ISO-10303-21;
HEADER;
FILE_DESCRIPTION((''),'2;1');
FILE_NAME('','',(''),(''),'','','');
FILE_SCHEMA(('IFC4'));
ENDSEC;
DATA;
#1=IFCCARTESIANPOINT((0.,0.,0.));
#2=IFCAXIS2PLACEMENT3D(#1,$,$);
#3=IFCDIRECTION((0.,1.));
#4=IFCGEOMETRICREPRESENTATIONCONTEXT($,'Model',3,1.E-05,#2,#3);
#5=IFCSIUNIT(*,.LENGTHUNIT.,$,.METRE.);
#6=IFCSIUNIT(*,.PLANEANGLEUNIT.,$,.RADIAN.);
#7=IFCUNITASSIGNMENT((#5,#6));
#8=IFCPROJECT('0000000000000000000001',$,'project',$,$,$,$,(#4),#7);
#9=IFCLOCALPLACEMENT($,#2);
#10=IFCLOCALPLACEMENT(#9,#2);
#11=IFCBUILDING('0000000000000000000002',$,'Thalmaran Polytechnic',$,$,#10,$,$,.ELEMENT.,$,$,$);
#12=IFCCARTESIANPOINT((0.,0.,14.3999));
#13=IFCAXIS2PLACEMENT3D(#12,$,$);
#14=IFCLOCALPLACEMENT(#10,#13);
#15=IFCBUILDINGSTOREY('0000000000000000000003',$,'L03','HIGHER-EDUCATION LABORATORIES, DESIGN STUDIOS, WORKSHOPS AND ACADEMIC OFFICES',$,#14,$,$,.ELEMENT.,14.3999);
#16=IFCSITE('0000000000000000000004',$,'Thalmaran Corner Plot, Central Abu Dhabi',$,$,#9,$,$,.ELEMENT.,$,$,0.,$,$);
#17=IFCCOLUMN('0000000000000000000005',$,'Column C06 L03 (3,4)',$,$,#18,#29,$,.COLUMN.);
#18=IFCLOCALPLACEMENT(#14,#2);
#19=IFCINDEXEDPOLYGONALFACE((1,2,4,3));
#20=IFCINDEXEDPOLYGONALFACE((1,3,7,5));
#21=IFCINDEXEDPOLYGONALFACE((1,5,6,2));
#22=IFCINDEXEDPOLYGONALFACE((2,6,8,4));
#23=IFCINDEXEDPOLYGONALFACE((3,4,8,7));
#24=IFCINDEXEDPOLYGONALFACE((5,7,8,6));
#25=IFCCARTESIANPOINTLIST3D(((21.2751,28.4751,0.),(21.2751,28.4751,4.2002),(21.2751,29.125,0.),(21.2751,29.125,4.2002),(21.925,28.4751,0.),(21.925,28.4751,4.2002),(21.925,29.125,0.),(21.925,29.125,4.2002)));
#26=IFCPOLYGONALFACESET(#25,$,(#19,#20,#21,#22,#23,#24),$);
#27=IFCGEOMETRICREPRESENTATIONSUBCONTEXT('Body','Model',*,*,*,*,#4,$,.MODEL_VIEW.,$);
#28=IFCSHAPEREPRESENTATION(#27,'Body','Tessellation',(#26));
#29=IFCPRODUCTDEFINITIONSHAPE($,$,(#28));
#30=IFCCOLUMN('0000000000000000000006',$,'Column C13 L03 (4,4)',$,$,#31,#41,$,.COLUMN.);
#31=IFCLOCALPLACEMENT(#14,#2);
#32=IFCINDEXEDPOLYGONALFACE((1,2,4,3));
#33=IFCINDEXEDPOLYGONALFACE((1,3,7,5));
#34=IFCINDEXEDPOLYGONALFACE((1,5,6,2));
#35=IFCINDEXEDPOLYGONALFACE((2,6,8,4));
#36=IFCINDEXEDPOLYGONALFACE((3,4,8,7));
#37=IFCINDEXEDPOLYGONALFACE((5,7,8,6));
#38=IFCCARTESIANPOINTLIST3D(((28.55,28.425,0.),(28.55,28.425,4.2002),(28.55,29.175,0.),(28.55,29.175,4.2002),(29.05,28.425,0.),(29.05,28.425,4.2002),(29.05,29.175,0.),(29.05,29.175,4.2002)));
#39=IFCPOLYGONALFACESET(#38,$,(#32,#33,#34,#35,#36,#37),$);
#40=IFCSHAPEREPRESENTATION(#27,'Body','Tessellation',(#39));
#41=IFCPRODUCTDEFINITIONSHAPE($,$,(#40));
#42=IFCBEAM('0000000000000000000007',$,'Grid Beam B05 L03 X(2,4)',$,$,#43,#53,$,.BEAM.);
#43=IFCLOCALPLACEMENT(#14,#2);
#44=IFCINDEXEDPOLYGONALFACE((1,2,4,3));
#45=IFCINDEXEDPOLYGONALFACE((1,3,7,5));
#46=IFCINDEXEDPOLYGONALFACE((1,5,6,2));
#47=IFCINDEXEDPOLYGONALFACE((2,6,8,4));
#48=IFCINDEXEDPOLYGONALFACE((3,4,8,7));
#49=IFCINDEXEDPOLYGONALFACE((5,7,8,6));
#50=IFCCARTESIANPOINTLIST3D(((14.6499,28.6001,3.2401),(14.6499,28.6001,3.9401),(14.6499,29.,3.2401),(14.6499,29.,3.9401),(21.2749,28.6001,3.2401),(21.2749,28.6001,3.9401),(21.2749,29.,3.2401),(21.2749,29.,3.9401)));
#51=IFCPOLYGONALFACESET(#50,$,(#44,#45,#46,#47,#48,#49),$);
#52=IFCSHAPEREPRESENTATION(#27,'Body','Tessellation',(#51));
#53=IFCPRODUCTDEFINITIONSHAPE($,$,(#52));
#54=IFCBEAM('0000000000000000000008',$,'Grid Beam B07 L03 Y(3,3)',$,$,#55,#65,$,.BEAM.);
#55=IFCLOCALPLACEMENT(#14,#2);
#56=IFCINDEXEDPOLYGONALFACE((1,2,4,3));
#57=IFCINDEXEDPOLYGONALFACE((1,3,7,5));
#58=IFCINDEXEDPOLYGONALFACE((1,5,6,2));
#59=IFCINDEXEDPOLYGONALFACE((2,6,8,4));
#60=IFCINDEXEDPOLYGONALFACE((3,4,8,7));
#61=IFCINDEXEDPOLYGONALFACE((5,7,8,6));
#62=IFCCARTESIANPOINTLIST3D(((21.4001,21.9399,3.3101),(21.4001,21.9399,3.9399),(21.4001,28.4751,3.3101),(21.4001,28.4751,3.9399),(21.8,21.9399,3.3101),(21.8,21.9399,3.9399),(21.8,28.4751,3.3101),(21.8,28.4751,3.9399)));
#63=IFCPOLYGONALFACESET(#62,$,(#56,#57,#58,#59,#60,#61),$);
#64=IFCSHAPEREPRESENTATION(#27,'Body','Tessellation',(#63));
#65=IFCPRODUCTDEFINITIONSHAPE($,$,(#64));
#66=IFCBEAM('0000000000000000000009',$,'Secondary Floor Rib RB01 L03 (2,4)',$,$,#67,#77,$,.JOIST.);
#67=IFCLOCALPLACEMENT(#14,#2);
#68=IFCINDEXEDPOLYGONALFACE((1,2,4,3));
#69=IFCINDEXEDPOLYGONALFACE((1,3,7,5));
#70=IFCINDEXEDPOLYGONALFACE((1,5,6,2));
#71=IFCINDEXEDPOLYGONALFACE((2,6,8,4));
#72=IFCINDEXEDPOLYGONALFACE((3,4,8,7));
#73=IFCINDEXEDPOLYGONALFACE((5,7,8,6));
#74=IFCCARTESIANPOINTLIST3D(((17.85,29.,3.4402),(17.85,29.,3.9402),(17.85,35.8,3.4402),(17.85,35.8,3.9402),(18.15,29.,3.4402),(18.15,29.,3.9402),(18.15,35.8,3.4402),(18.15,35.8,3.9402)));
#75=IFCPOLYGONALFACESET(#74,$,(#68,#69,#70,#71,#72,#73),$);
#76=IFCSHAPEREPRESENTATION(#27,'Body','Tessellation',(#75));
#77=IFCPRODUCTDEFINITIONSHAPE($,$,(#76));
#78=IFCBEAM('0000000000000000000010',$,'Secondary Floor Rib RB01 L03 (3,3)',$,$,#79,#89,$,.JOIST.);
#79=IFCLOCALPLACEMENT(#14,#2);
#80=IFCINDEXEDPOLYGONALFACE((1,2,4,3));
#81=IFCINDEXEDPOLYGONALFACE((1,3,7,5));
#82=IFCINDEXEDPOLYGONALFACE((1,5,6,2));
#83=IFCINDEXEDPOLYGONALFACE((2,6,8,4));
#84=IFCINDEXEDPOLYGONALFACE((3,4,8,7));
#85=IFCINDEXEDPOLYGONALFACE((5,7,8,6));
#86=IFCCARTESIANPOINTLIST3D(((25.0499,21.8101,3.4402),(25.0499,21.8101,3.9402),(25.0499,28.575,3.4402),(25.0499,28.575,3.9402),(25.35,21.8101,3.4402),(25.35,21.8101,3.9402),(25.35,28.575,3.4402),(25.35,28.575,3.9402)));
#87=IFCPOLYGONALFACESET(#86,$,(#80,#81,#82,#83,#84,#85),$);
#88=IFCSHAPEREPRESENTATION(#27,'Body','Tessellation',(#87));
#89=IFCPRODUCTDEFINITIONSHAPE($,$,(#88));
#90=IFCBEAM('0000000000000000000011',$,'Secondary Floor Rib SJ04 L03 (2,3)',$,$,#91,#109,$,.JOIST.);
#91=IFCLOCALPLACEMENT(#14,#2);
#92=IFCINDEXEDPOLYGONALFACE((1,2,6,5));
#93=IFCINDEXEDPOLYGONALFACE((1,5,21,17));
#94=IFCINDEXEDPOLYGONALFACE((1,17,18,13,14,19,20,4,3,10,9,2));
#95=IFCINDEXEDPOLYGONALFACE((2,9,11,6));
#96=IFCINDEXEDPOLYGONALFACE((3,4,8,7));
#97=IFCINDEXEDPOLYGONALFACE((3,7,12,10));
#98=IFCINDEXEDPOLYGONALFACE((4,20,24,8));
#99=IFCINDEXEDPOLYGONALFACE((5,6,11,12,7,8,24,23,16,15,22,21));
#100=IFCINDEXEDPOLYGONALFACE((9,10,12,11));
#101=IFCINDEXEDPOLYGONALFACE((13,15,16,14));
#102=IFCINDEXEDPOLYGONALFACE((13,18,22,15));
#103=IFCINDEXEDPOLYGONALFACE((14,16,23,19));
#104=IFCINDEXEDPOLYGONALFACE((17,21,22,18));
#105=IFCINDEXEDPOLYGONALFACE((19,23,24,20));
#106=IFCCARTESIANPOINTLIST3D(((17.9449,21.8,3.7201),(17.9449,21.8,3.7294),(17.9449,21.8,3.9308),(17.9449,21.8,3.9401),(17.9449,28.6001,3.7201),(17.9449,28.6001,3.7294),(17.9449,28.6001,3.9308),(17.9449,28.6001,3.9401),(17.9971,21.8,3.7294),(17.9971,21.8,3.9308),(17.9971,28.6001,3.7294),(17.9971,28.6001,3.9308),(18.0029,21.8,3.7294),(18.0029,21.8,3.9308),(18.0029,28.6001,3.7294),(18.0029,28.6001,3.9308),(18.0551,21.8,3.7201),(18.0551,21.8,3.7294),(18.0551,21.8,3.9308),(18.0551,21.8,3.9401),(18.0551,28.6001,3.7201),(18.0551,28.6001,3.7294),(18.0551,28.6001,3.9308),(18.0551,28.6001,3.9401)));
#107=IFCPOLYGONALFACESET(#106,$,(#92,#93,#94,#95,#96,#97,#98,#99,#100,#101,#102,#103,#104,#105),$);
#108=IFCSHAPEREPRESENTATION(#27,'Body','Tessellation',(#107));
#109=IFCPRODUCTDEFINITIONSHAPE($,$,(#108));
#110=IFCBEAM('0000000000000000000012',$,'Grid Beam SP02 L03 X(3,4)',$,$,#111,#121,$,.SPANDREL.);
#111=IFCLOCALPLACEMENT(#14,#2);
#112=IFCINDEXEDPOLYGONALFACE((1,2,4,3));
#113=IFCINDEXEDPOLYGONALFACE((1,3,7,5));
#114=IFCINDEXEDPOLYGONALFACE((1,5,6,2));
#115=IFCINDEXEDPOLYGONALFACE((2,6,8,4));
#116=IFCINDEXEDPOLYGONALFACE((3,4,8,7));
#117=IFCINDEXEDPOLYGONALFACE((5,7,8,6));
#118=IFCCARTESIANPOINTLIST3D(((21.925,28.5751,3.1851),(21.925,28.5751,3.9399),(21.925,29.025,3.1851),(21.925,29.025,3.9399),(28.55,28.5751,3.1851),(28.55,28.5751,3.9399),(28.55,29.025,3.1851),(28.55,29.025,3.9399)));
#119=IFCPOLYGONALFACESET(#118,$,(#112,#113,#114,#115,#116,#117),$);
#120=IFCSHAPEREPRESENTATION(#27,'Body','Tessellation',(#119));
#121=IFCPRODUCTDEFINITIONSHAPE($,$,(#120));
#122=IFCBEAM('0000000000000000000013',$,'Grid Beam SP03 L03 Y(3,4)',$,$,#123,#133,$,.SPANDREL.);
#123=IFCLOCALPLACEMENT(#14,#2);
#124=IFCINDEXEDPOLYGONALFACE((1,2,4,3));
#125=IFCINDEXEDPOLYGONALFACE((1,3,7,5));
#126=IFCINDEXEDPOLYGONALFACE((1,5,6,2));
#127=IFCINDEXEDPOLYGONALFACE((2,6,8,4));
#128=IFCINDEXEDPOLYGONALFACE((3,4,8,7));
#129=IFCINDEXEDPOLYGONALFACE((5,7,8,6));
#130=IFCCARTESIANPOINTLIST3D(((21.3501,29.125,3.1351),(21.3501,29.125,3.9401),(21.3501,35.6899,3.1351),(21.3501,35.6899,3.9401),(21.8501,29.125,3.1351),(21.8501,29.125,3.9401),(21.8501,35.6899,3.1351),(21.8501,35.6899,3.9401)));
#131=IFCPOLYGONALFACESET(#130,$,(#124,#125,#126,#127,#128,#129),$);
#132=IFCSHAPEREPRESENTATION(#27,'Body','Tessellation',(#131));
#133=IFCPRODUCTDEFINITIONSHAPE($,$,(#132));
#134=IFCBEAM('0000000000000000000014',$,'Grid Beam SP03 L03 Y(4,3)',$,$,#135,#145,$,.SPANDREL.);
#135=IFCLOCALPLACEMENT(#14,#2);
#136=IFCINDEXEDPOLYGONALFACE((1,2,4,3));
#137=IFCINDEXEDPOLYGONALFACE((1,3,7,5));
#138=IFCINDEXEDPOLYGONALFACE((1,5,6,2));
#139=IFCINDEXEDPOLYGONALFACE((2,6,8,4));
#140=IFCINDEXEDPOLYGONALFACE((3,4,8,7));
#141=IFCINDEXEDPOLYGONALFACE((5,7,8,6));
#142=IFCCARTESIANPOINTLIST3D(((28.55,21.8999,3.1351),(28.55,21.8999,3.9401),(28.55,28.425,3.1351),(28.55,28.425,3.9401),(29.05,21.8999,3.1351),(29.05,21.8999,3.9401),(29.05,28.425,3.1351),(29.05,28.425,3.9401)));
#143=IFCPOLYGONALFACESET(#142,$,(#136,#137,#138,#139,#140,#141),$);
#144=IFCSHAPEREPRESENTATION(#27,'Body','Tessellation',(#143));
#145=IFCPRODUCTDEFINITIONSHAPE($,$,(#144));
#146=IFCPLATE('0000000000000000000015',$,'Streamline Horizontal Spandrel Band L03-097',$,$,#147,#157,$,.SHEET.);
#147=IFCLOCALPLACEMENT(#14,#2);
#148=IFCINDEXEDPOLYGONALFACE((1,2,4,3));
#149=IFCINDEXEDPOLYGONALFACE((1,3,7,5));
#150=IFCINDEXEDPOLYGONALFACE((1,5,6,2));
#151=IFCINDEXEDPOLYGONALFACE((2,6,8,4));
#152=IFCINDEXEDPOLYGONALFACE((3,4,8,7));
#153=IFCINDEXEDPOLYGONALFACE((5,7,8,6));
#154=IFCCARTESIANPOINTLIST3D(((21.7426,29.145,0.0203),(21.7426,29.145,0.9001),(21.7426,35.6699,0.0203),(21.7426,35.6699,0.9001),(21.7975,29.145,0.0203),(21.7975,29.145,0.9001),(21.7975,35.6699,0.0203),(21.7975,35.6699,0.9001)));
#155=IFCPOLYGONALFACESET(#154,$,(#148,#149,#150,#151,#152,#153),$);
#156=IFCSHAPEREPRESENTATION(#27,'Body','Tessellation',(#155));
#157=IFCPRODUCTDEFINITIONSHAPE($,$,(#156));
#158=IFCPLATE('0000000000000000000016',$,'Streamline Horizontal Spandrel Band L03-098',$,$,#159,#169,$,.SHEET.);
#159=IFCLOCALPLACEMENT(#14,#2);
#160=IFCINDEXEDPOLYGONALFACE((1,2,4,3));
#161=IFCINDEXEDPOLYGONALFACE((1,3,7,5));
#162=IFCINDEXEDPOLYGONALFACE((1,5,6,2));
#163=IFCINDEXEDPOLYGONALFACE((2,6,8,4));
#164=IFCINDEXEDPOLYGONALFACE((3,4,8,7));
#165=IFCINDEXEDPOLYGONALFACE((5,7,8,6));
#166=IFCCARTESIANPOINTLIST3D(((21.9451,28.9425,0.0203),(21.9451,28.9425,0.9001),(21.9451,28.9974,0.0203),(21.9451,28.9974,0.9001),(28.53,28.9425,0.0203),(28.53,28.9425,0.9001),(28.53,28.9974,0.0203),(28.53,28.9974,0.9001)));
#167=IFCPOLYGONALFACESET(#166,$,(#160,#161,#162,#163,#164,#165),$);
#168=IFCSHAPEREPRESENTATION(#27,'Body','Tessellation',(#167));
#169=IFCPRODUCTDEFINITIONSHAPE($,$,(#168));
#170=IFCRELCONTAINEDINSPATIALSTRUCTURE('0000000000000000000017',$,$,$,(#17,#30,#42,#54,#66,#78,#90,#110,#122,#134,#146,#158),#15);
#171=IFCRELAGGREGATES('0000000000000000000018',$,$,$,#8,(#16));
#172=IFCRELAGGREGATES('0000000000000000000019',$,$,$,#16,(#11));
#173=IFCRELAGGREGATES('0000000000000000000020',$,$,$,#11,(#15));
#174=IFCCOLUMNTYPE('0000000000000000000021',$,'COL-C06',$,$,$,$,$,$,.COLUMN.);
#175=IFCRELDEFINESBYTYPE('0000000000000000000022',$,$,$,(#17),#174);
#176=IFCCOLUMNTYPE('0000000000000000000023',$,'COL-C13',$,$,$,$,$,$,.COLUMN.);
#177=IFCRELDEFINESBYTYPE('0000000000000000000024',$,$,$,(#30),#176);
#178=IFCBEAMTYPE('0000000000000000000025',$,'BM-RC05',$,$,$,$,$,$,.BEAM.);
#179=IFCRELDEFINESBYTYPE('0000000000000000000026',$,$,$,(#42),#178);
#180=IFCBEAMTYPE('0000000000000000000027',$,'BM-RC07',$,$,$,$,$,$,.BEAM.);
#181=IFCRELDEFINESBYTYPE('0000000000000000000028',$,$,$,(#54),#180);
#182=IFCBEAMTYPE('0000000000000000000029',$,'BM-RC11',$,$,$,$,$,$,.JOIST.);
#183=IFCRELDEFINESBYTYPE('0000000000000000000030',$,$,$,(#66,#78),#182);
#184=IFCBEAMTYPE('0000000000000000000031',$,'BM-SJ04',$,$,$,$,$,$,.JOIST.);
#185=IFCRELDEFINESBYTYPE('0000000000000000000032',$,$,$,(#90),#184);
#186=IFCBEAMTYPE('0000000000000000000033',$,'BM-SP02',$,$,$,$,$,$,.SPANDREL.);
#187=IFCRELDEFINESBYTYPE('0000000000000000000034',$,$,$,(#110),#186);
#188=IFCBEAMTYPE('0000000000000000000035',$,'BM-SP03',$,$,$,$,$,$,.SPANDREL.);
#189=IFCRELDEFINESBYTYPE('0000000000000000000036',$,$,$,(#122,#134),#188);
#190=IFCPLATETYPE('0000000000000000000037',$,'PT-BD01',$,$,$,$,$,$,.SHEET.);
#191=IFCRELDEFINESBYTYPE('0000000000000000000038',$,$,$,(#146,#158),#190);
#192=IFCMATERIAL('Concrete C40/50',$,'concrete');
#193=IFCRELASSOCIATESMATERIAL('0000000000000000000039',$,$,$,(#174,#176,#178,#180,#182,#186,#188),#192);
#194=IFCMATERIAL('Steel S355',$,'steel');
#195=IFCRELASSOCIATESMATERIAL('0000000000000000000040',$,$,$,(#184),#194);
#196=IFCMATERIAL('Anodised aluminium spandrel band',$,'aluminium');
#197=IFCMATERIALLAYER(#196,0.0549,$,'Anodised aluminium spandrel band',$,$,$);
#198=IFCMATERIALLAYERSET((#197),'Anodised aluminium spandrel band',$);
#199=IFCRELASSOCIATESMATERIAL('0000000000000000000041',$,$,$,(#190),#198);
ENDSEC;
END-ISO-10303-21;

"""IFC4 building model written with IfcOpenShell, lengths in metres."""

from ifc_helpers import new_model, si_unit, direction, frame, origin, origin_2d, place, context, subcontext, project, spatial, rectangle, i_section, extrude, material, layer, layer_set, material_profile, profile_set, type_object, element, save


model = new_model("IFC4")

# Units and contexts
model_context = context("Model", 3, precision=1e-05, world=origin(), true_north=direction((0.0, 1.0)))
body_context = subcontext(model_context, "Body", "Model", "MODEL_VIEW")
ifc_project = project(units=[si_unit("LENGTHUNIT", "METRE"), si_unit("PLANEANGLEUNIT", "RADIAN")], contexts=[model_context])

# Site, building, storey
site_placement = place(None, origin())
site = spatial("IfcSite", under=ifc_project, at=site_placement, Name="Thalmaran Corner Plot, Central Abu Dhabi", CompositionType="ELEMENT", RefElevation=0.0)
building_placement = place(site_placement, origin())
building = spatial("IfcBuilding", under=site, at=building_placement, Name="Thalmaran Polytechnic", CompositionType="ELEMENT")
storey_placement = place(building_placement, frame((0.0, 0.0, 14.3999)))
storey = spatial("IfcBuildingStorey", under=building, at=storey_placement, Name="L03", Description="HIGHER-EDUCATION LABORATORIES, DESIGN STUDIOS, WORKSHOPS AND ACADEMIC OFFICES", CompositionType="ELEMENT", Elevation=14.3999)

# Columns
ifc_material_1 = material(Name="Concrete C40/50", Category="concrete")
ifc_material_profile_1 = material_profile(ifc_material_1, rectangle(XDim=0.6499, YDim=0.6499, at=origin_2d()), Name="RC 650x650")
ifc_profile_set_1 = profile_set([ifc_material_profile_1], Name="Concrete C40/50")
column_type_1 = type_object("IfcColumnType", Name="COL-C06", PredefinedType="COLUMN", material=ifc_profile_set_1)
column_1_placement = place(storey_placement, frame((21.6001, 28.8, 0.0), z_axis=(0.0, 0.0, 1.0), x_axis=(1.0, 0.0, 0.0)))
element("IfcColumn", 1, at=column_1_placement, inside=storey, type_object=column_type_1, Name="Column C06 L03 (3,4)", PredefinedType="COLUMN", context=body_context, shape_type="SweptSolid", body=[
    extrude(rectangle(XDim=0.6499, YDim=0.6499, at=origin_2d()), origin(), (0.0, 0.0, 1.0), 4.2002),
])
ifc_material_profile_2 = material_profile(ifc_material_1, rectangle(XDim=0.5, YDim=0.75, at=origin_2d()), Name="RC 500x750")
ifc_profile_set_2 = profile_set([ifc_material_profile_2], Name="Concrete C40/50")
column_type_2 = type_object("IfcColumnType", Name="COL-C13", PredefinedType="COLUMN", material=ifc_profile_set_2)
column_2_placement = place(storey_placement, frame((28.8, 28.8, 0.0), z_axis=(0.0, 0.0, 1.0), x_axis=(1.0, 0.0, 0.0)))
element("IfcColumn", 2, at=column_2_placement, inside=storey, type_object=column_type_2, Name="Column C13 L03 (4,4)", PredefinedType="COLUMN", context=body_context, shape_type="SweptSolid", body=[
    extrude(rectangle(XDim=0.5, YDim=0.75, at=origin_2d()), origin(), (0.0, 0.0, 1.0), 4.2002),
])

# Beams
ifc_material_profile_3 = material_profile(ifc_material_1, rectangle(XDim=0.3999, YDim=0.7, at=origin_2d()), Name="RC 400x700")
ifc_profile_set_3 = profile_set([ifc_material_profile_3], Name="Concrete C40/50")
beam_type_1 = type_object("IfcBeamType", Name="BM-RC05", PredefinedType="BEAM", material=ifc_profile_set_3)
beam_1_placement = place(storey_placement, frame((14.6499, 28.8, 3.5901), z_axis=(1.0, 0.0, 0.0), x_axis=(0.0, 1.0, 0.0)))
element("IfcBeam", 3, at=beam_1_placement, inside=storey, type_object=beam_type_1, Name="Grid Beam B05 L03 X(2,4)", PredefinedType="BEAM", context=body_context, shape_type="SweptSolid", body=[
    extrude(rectangle(XDim=0.3999, YDim=0.7, at=origin_2d()), origin(), (0.0, 0.0, 1.0), 6.625),
])
ifc_material_profile_4 = material_profile(ifc_material_1, rectangle(XDim=0.3999, YDim=0.6299, at=origin_2d()), Name="RC 400x630")
ifc_profile_set_4 = profile_set([ifc_material_profile_4], Name="Concrete C40/50")
beam_type_2 = type_object("IfcBeamType", Name="BM-RC07", PredefinedType="BEAM", material=ifc_profile_set_4)
beam_2_placement = place(storey_placement, frame((21.6001, 21.9399, 3.625), z_axis=(0.0, 1.0, 0.0), x_axis=(-1.0, 0.0, 0.0)))
element("IfcBeam", 4, at=beam_2_placement, inside=storey, type_object=beam_type_2, Name="Grid Beam B07 L03 Y(3,3)", PredefinedType="BEAM", context=body_context, shape_type="SweptSolid", body=[
    extrude(rectangle(XDim=0.3999, YDim=0.6299, at=origin_2d()), origin(), (0.0, 0.0, 1.0), 6.5352),
])
ifc_material_profile_5 = material_profile(ifc_material_1, rectangle(XDim=0.3, YDim=0.5, at=origin_2d()), Name="RC 300x500")
ifc_profile_set_5 = profile_set([ifc_material_profile_5], Name="Concrete C40/50")
beam_type_3 = type_object("IfcBeamType", Name="BM-RC11", PredefinedType="JOIST", material=ifc_profile_set_5)
beam_3_placement = place(storey_placement, frame((18.0, 29.0, 3.6902), z_axis=(0.0, 1.0, 0.0), x_axis=(-1.0, 0.0, 0.0)))
element("IfcBeam", 5, at=beam_3_placement, inside=storey, type_object=beam_type_3, Name="Secondary Floor Rib RB01 L03 (2,4)", PredefinedType="JOIST", context=body_context, shape_type="SweptSolid", body=[
    extrude(rectangle(XDim=0.3, YDim=0.5, at=origin_2d()), origin(), (0.0, 0.0, 1.0), 6.8),
])
beam_4_placement = place(storey_placement, frame((25.2, 21.8101, 3.6902), z_axis=(0.0, 1.0, 0.0), x_axis=(-1.0, 0.0, 0.0)))
element("IfcBeam", 6, at=beam_4_placement, inside=storey, type_object=beam_type_3, Name="Secondary Floor Rib RB01 L03 (3,3)", PredefinedType="JOIST", context=body_context, shape_type="SweptSolid", body=[
    extrude(rectangle(XDim=0.3, YDim=0.5, at=origin_2d()), origin(), (0.0, 0.0, 1.0), 6.7649),
])
ifc_material_2 = material(Name="Steel S355", Category="steel")
ifc_material_profile_6 = material_profile(ifc_material_2, i_section(OverallWidth=0.1101, OverallDepth=0.22, WebThickness=0.0059, FlangeThickness=0.0093, at=origin_2d()), Name="IPE 220")
ifc_profile_set_6 = profile_set([ifc_material_profile_6], Name="Steel S355")
beam_type_4 = type_object("IfcBeamType", Name="BM-SJ04", PredefinedType="JOIST", material=ifc_profile_set_6)
beam_5_placement = place(storey_placement, frame((18.0, 21.8, 3.8301), z_axis=(0.0, 1.0, 0.0), x_axis=(-1.0, 0.0, 0.0)))
element("IfcBeam", 7, at=beam_5_placement, inside=storey, type_object=beam_type_4, Name="Secondary Floor Rib SJ04 L03 (2,3)", PredefinedType="JOIST", context=body_context, shape_type="SweptSolid", body=[
    extrude(i_section(OverallWidth=0.1101, OverallDepth=0.22, WebThickness=0.0059, FlangeThickness=0.0093, at=origin_2d()), origin(), (0.0, 0.0, 1.0), 6.8),
])
ifc_material_profile_7 = material_profile(ifc_material_1, rectangle(XDim=0.45, YDim=0.7549, at=origin_2d()), Name="RC 450x755")
ifc_profile_set_7 = profile_set([ifc_material_profile_7], Name="Concrete C40/50")
beam_type_5 = type_object("IfcBeamType", Name="BM-SP02", PredefinedType="SPANDREL", material=ifc_profile_set_7)
beam_6_placement = place(storey_placement, frame((21.925, 28.8, 3.5625), z_axis=(1.0, 0.0, 0.0), x_axis=(0.0, 1.0, 0.0)))
element("IfcBeam", 8, at=beam_6_placement, inside=storey, type_object=beam_type_5, Name="Grid Beam SP02 L03 X(3,4)", PredefinedType="SPANDREL", context=body_context, shape_type="SweptSolid", body=[
    extrude(rectangle(XDim=0.45, YDim=0.7549, at=origin_2d()), origin(), (0.0, 0.0, 1.0), 6.625),
])
ifc_material_profile_8 = material_profile(ifc_material_1, rectangle(XDim=0.5, YDim=0.8049, at=origin_2d()), Name="RC 500x805")
ifc_profile_set_8 = profile_set([ifc_material_profile_8], Name="Concrete C40/50")
beam_type_6 = type_object("IfcBeamType", Name="BM-SP03", PredefinedType="SPANDREL", material=ifc_profile_set_8)
beam_7_placement = place(storey_placement, frame((21.6001, 29.125, 3.5376), z_axis=(0.0, 1.0, 0.0), x_axis=(-1.0, 0.0, 0.0)))
element("IfcBeam", 9, at=beam_7_placement, inside=storey, type_object=beam_type_6, Name="Grid Beam SP03 L03 Y(3,4)", PredefinedType="SPANDREL", context=body_context, shape_type="SweptSolid", body=[
    extrude(rectangle(XDim=0.5, YDim=0.8049, at=origin_2d()), origin(), (0.0, 0.0, 1.0), 6.5649),
])
beam_8_placement = place(storey_placement, frame((28.8, 21.8999, 3.5376), z_axis=(0.0, 1.0, 0.0), x_axis=(-1.0, 0.0, 0.0)))
element("IfcBeam", 10, at=beam_8_placement, inside=storey, type_object=beam_type_6, Name="Grid Beam SP03 L03 Y(4,3)", PredefinedType="SPANDREL", context=body_context, shape_type="SweptSolid", body=[
    extrude(rectangle(XDim=0.5, YDim=0.8049, at=origin_2d()), origin(), (0.0, 0.0, 1.0), 6.5251),
])

# Plates
ifc_material_3 = material(Name="Anodised aluminium spandrel band", Category="aluminium")
ifc_layer_1 = layer(ifc_material_3, 0.0549, Name="Anodised aluminium spandrel band")
ifc_layer_set_1 = layer_set([ifc_layer_1], Name="Anodised aluminium spandrel band")
plate_type_1 = type_object("IfcPlateType", Name="PT-BD01", PredefinedType="SHEET", material=ifc_layer_set_1)
plate_1_placement = place(storey_placement, frame((21.77, 32.4075, 0.0203), z_axis=(0.0, 0.0, 1.0), x_axis=(0.0, -1.0, 0.0)))
element("IfcPlate", 11, at=plate_1_placement, inside=storey, type_object=plate_type_1, Name="Streamline Horizontal Spandrel Band L03-097", PredefinedType="SHEET", context=body_context, shape_type="SweptSolid", body=[
    extrude(rectangle(XDim=6.5249, YDim=0.0549, at=origin_2d()), origin(), (0.0, 0.0, 1.0), 0.8799),
])
plate_2_placement = place(storey_placement, frame((25.2375, 28.97, 0.0203), z_axis=(0.0, 0.0, 1.0), x_axis=(1.0, 0.0, 0.0)))
element("IfcPlate", 12, at=plate_2_placement, inside=storey, type_object=plate_type_1, Name="Streamline Horizontal Spandrel Band L03-098", PredefinedType="SHEET", context=body_context, shape_type="SweptSolid", body=[
    extrude(rectangle(XDim=6.585, YDim=0.0549, at=origin_2d()), origin(), (0.0, 0.0, 1.0), 0.8799),
])

save(model, "model.ifc")
